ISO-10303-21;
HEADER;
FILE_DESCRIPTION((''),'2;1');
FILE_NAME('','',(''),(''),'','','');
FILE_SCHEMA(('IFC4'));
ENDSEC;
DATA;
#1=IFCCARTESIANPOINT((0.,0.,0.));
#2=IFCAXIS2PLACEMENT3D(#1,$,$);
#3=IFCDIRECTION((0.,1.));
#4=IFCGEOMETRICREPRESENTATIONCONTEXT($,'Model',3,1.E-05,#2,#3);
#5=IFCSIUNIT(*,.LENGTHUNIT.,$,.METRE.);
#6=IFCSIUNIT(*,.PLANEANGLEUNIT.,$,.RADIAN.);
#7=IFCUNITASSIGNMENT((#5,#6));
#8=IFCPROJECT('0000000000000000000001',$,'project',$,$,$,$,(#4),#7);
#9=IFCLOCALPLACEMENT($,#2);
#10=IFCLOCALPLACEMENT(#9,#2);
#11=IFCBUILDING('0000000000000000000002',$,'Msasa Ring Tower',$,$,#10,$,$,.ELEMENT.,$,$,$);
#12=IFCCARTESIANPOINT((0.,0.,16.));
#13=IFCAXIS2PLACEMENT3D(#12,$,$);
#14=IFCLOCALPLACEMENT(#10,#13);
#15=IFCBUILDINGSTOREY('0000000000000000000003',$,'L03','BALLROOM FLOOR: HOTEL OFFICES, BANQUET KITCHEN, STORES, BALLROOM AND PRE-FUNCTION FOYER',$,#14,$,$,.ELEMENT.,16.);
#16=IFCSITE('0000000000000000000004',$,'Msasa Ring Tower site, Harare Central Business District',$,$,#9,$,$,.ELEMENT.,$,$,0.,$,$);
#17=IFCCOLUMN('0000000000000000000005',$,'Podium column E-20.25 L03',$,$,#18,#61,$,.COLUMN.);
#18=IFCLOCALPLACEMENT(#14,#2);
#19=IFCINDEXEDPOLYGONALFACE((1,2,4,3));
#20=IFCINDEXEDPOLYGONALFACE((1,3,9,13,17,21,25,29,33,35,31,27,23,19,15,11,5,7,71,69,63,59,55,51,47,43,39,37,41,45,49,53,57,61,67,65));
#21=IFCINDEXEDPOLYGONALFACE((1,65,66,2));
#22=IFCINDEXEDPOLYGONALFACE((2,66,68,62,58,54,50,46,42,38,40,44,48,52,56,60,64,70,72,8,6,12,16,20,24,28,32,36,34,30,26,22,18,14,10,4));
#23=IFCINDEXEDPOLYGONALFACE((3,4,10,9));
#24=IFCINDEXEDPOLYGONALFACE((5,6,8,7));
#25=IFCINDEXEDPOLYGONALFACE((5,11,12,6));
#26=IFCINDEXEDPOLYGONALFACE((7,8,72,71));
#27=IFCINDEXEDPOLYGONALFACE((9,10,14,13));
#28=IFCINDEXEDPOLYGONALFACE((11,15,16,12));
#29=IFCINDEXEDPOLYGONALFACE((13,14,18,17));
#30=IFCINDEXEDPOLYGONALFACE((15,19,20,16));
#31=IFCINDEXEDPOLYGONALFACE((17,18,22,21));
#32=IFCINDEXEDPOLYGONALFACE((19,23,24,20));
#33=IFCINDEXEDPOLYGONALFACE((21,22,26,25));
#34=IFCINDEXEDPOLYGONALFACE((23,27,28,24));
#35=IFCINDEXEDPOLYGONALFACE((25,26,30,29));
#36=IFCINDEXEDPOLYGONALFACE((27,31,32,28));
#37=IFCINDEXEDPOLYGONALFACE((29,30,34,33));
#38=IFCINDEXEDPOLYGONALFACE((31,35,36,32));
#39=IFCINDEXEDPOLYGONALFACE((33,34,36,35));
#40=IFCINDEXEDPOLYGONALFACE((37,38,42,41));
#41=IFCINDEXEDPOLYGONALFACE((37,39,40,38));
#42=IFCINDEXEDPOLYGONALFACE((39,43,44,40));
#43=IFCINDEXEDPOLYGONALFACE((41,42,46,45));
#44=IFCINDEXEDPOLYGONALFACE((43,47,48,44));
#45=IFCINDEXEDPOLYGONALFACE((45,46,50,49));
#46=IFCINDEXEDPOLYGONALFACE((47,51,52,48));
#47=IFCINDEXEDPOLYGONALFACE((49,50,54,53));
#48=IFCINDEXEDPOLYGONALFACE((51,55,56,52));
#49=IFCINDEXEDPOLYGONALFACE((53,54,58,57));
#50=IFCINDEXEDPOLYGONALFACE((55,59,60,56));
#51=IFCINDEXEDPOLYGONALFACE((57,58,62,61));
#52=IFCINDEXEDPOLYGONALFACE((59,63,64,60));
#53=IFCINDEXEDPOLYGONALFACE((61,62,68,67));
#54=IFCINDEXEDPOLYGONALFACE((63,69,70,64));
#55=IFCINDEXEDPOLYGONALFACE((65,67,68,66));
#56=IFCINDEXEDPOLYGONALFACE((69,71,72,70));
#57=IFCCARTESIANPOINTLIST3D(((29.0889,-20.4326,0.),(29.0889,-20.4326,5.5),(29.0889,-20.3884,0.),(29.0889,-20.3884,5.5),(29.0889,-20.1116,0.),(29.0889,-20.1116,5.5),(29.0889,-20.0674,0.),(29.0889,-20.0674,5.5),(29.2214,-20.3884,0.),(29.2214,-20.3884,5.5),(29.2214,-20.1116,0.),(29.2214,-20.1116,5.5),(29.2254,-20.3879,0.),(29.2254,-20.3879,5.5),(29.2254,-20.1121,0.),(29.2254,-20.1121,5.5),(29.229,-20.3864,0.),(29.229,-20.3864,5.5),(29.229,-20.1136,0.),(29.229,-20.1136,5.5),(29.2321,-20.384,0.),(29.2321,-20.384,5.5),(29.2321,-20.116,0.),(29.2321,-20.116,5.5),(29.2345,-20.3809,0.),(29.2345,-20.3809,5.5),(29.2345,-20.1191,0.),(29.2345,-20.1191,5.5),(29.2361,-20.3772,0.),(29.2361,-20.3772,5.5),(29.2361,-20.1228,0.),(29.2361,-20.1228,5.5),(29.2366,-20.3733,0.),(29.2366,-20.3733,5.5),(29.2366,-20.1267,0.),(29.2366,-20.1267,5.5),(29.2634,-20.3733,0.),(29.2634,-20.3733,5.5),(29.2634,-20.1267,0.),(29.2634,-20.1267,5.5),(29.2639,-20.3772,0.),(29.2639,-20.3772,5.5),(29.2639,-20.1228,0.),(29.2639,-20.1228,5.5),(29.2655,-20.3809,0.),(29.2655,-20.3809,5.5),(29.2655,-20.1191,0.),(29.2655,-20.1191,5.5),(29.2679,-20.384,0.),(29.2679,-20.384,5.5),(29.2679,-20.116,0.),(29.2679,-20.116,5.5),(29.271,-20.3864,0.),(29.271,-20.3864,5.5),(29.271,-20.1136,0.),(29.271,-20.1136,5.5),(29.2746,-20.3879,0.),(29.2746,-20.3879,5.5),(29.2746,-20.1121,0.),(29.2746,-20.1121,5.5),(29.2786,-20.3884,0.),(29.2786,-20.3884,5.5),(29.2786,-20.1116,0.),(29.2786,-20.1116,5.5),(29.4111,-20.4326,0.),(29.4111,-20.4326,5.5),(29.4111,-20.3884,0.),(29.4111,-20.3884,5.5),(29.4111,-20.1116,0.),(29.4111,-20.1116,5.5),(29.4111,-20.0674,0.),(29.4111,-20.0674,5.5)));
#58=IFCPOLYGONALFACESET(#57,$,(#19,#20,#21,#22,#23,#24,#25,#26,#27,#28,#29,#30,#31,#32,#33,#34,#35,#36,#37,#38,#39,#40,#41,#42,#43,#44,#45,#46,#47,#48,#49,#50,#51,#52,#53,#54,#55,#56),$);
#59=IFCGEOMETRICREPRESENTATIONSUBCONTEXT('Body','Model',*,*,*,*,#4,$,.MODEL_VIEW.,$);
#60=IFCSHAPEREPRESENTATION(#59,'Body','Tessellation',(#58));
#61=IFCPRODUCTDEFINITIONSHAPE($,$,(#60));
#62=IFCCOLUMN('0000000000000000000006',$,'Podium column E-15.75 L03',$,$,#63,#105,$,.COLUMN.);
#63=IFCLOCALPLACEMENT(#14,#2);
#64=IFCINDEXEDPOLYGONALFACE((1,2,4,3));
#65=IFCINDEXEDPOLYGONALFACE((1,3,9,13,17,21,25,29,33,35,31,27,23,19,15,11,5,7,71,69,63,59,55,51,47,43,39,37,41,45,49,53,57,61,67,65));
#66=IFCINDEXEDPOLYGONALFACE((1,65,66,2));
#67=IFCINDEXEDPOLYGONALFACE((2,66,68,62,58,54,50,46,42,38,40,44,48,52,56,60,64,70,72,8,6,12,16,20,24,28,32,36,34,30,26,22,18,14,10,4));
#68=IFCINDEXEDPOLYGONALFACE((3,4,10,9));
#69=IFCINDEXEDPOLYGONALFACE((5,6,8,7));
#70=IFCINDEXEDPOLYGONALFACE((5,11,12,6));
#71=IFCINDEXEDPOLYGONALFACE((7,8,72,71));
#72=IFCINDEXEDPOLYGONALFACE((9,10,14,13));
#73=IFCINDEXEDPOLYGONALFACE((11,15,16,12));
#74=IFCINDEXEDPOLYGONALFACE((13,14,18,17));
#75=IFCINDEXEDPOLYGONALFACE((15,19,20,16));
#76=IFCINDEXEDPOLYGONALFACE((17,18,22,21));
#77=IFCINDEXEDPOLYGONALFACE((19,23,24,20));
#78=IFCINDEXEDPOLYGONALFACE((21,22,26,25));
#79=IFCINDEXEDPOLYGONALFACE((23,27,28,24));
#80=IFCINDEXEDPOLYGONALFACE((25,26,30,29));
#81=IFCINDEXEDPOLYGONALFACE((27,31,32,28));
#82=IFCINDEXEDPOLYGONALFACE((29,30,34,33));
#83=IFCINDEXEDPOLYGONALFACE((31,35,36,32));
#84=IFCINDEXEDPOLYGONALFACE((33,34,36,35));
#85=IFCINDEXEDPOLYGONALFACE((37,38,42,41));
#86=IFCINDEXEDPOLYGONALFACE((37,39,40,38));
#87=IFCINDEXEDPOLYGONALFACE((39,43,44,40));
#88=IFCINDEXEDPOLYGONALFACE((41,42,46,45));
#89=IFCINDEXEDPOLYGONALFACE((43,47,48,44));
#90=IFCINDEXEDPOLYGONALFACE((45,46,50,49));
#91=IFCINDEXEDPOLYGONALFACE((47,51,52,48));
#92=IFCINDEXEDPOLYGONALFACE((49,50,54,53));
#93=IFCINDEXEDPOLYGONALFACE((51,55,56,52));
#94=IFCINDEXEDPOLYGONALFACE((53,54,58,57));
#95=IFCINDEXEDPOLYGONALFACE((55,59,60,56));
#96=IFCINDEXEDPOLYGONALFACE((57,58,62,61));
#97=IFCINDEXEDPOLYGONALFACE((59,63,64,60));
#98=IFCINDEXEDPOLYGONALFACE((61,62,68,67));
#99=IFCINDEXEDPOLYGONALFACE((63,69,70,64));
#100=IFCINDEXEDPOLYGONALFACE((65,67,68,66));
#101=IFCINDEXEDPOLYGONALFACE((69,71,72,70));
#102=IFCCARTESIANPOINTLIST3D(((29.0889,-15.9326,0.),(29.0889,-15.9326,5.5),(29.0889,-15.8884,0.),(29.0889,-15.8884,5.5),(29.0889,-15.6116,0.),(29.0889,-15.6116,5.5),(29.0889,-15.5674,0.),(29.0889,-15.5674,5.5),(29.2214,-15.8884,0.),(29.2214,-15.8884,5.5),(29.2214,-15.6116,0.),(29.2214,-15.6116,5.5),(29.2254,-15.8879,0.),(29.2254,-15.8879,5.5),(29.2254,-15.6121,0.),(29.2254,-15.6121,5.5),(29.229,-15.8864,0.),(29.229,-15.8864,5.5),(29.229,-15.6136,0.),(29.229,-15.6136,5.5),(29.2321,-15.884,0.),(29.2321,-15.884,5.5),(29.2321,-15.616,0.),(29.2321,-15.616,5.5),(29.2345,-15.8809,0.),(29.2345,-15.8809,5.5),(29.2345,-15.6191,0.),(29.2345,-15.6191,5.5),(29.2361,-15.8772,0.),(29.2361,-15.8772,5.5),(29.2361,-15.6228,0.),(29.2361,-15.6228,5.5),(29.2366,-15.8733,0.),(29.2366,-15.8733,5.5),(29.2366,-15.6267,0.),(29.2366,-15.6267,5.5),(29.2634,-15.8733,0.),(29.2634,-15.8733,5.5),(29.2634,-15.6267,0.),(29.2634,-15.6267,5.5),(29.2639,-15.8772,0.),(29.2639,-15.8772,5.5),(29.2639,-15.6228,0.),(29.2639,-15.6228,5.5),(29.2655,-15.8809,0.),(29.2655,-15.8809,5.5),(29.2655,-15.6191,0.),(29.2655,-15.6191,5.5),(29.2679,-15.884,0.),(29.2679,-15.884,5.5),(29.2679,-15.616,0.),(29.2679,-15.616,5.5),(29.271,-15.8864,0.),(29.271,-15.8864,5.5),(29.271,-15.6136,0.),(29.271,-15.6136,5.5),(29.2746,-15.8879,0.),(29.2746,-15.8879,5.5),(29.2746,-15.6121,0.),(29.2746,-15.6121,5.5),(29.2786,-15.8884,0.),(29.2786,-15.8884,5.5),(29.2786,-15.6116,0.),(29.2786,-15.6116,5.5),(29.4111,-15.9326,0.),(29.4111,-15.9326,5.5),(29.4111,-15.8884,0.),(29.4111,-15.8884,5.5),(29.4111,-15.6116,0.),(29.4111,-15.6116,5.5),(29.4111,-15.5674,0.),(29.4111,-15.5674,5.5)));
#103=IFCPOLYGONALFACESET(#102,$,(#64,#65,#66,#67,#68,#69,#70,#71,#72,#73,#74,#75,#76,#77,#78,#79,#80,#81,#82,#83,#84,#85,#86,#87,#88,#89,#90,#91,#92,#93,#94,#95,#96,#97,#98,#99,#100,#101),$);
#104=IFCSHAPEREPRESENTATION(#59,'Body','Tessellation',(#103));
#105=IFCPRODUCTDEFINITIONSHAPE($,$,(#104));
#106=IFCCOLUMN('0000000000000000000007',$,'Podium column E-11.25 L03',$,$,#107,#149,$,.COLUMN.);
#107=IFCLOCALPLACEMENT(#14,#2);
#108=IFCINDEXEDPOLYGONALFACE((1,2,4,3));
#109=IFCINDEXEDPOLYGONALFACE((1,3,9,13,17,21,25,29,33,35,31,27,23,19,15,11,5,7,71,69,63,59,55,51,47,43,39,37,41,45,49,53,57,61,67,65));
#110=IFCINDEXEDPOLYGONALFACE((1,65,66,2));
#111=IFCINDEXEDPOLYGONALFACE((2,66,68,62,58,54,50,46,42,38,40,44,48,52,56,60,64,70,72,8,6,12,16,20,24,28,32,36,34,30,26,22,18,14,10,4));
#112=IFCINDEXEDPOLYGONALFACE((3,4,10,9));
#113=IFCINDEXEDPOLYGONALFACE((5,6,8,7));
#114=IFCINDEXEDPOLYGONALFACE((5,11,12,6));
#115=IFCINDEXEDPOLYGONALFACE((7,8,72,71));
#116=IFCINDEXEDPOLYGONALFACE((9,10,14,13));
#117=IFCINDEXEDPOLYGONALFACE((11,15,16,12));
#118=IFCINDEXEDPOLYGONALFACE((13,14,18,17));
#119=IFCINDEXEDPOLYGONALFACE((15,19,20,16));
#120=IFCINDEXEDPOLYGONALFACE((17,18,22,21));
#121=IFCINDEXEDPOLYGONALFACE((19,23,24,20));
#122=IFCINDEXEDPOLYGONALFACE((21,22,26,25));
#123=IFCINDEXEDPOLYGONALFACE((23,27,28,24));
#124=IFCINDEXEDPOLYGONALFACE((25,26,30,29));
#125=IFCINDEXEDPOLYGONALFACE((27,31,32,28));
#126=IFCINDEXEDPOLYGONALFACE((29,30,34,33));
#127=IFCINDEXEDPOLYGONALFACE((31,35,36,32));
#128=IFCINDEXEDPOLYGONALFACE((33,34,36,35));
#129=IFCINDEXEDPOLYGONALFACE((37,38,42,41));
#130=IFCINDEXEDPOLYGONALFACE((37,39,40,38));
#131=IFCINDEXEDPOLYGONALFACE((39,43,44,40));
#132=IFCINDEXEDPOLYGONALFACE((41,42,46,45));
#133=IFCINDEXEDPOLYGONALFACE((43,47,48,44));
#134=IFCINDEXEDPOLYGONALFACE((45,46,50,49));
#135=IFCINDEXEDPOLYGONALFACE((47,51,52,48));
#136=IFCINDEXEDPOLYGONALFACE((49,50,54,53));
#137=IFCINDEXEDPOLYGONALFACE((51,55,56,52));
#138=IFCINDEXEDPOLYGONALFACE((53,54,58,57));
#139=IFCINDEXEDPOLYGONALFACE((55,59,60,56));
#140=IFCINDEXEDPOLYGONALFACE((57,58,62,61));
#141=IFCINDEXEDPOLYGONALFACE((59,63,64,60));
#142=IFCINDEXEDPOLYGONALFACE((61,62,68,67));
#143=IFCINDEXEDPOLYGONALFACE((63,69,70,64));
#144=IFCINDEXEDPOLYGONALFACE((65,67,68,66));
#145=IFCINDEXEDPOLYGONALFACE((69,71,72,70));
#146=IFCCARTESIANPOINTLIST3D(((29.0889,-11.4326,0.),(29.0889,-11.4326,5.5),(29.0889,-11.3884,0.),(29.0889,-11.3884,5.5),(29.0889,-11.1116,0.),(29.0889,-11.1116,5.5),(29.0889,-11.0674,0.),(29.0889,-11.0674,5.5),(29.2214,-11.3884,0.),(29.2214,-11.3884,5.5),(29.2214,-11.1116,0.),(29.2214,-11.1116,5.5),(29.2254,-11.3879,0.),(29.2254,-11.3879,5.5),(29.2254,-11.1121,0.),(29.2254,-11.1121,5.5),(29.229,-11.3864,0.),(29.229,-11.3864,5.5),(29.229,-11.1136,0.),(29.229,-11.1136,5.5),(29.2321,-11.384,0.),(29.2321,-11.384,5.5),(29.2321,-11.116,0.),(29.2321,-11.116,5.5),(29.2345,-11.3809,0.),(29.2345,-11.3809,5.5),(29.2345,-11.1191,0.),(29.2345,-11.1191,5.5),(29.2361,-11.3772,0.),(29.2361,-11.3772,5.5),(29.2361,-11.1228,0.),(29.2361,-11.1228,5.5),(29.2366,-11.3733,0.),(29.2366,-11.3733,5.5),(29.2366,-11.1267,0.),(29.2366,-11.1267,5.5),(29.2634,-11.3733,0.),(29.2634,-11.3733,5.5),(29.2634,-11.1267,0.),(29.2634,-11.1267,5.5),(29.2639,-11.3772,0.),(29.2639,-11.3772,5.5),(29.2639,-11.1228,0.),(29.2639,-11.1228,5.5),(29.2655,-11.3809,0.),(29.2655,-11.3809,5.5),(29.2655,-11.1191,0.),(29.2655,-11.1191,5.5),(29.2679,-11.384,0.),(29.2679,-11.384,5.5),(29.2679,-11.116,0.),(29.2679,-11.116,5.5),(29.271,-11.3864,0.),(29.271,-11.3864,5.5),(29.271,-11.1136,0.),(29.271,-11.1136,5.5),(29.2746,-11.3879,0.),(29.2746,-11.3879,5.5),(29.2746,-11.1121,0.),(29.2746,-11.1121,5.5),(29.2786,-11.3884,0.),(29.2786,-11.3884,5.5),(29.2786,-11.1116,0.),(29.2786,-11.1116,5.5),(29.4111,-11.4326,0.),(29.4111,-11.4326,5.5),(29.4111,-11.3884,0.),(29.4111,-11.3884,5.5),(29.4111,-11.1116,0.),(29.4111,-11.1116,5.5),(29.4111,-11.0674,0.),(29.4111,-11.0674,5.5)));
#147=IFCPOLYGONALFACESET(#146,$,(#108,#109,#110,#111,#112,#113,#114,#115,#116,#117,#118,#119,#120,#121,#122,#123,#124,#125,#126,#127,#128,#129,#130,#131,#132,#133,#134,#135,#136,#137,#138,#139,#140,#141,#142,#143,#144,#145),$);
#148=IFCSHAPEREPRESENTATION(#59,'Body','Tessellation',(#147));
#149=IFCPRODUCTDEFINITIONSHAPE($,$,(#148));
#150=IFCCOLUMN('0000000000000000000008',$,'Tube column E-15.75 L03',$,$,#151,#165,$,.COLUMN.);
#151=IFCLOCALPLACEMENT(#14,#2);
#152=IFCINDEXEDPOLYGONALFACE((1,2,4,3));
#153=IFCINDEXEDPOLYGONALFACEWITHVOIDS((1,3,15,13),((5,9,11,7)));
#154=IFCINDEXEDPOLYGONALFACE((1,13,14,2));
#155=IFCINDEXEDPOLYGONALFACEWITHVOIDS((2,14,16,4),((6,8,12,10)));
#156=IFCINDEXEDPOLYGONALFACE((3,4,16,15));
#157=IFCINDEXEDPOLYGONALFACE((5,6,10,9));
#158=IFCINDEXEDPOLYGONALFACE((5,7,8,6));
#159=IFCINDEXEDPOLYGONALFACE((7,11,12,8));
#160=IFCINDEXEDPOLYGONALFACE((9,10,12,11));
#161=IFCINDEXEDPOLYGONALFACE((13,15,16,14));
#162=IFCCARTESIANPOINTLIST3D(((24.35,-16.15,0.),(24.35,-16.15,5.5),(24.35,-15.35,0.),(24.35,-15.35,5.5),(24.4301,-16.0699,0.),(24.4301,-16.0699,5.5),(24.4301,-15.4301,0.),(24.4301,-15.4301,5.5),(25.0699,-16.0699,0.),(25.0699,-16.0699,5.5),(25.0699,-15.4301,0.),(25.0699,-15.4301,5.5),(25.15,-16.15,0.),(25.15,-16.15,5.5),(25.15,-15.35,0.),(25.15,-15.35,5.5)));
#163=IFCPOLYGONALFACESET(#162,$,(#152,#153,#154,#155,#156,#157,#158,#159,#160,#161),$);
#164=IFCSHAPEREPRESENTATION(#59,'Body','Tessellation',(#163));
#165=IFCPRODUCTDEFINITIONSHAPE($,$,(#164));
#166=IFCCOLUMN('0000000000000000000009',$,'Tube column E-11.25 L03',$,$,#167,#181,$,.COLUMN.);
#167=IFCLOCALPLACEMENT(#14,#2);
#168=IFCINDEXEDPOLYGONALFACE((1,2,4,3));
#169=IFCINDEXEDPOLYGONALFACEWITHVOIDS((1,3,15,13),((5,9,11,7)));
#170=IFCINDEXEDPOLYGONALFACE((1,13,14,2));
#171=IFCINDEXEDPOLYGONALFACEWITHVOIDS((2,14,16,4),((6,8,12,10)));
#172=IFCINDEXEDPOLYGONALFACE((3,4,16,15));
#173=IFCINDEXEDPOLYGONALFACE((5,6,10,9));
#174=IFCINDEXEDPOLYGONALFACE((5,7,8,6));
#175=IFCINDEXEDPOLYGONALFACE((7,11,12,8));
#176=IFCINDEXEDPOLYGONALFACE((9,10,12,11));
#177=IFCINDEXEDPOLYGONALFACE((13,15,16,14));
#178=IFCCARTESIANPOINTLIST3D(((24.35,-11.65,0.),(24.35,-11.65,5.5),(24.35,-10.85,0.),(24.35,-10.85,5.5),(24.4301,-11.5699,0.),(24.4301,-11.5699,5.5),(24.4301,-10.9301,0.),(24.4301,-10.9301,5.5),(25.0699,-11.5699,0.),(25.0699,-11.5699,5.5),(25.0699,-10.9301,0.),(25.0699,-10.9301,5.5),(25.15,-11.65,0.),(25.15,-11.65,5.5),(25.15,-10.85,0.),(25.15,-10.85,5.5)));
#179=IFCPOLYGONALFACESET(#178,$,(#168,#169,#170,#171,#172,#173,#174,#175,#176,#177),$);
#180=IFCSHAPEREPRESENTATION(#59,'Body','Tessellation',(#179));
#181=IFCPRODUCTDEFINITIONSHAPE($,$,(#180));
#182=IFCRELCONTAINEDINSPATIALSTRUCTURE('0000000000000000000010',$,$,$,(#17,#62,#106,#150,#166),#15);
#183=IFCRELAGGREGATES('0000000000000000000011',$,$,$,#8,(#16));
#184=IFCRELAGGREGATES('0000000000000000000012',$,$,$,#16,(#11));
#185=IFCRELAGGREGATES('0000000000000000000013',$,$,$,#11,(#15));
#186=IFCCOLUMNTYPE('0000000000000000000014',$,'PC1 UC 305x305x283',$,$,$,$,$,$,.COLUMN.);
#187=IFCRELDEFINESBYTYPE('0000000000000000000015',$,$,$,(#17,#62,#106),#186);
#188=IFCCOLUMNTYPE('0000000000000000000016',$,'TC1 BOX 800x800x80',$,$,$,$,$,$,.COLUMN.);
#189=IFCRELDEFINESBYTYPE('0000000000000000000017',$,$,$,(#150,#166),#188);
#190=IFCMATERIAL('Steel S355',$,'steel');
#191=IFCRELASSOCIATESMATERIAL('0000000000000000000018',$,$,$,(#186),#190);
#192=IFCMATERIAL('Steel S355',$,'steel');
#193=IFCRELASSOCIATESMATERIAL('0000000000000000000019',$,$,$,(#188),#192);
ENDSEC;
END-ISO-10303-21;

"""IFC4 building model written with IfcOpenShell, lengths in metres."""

from ifc_helpers import new_model, si_unit, direction, frame, origin, origin_2d, place, context, subcontext, project, spatial, hollow_rectangle, i_section, extrude, material, material_profile, profile_set, type_object, element, save


model = new_model("IFC4")

# Units and contexts
model_context = context("Model", 3, precision=1e-05, world=origin(), true_north=direction((0.0, 1.0)))
body_context = subcontext(model_context, "Body", "Model", "MODEL_VIEW")
ifc_project = project(units=[si_unit("LENGTHUNIT", "METRE"), si_unit("PLANEANGLEUNIT", "RADIAN")], contexts=[model_context])

# Site, building, storey
site_placement = place(None, origin())
site = spatial("IfcSite", under=ifc_project, at=site_placement, Name="Msasa Ring Tower site, Harare Central Business District", CompositionType="ELEMENT", RefElevation=0.0)
building_placement = place(site_placement, origin())
building = spatial("IfcBuilding", under=site, at=building_placement, Name="Msasa Ring Tower", CompositionType="ELEMENT")
storey_placement = place(building_placement, frame((0.0, 0.0, 16.0)))
storey = spatial("IfcBuildingStorey", under=building, at=storey_placement, Name="L03", Description="BALLROOM FLOOR: HOTEL OFFICES, BANQUET KITCHEN, STORES, BALLROOM AND PRE-FUNCTION FOYER", CompositionType="ELEMENT", Elevation=16.0)

# Columns
ifc_material_1 = material(Name="Steel S355", Category="steel")
ifc_material_profile_1 = material_profile(ifc_material_1, i_section(OverallWidth=0.3223, OverallDepth=0.3652, WebThickness=0.0269, FlangeThickness=0.0442, FilletRadius=0.0151, at=origin_2d()), Name="UC 305x305x283")
ifc_profile_set_1 = profile_set([ifc_material_profile_1], Name="Steel S355")
column_type_1 = type_object("IfcColumnType", Name="PC1 UC 305x305x283", PredefinedType="COLUMN", material=ifc_profile_set_1)
for number, where, z_axis, x_axis, name in (
    (1, (29.25, -20.25, 0.0), (0.0, 0.0, 1.0), (1.0, 0.0, 0.0), "Podium column E-20.25 L03"),
    (2, (29.25, -15.75, 0.0), (0.0, 0.0, 1.0), (1.0, 0.0, 0.0), "Podium column E-15.75 L03"),
    (3, (29.25, -11.25, 0.0), (0.0, 0.0, 1.0), (1.0, 0.0, 0.0), "Podium column E-11.25 L03"),
):
    element("IfcColumn", number, at=place(storey_placement, frame(where, z_axis=z_axis, x_axis=x_axis)), inside=storey, type_object=column_type_1, Name=name, PredefinedType="COLUMN", context=body_context, shape_type="SweptSolid", body=[
        extrude(i_section(OverallWidth=0.3223, OverallDepth=0.3652, WebThickness=0.0269, FlangeThickness=0.0442, FilletRadius=0.0151, at=origin_2d()), origin(), (0.0, 0.0, 1.0), 5.5),
    ])
ifc_material_2 = material(Name="Steel S355", Category="steel")
ifc_material_profile_2 = material_profile(ifc_material_2, hollow_rectangle(XDim=0.8, YDim=0.8, WallThickness=0.0801, at=origin_2d()), Name="BOX 800x800x80")
ifc_profile_set_2 = profile_set([ifc_material_profile_2], Name="Steel S355")
column_type_2 = type_object("IfcColumnType", Name="TC1 BOX 800x800x80", PredefinedType="COLUMN", material=ifc_profile_set_2)
for number, where, z_axis, x_axis, name in (
    (4, (24.75, -15.75, 0.0), (0.0, 0.0, 1.0), (1.0, 0.0, 0.0), "Tube column E-15.75 L03"),
    (5, (24.75, -11.25, 0.0), (0.0, 0.0, 1.0), (1.0, 0.0, 0.0), "Tube column E-11.25 L03"),
):
    element("IfcColumn", number, at=place(storey_placement, frame(where, z_axis=z_axis, x_axis=x_axis)), inside=storey, type_object=column_type_2, Name=name, PredefinedType="COLUMN", context=body_context, shape_type="SweptSolid", body=[
        extrude(hollow_rectangle(XDim=0.8, YDim=0.8, WallThickness=0.0801, at=origin_2d()), origin(), (0.0, 0.0, 1.0), 5.5),
    ])

save(model, "model.ifc")
